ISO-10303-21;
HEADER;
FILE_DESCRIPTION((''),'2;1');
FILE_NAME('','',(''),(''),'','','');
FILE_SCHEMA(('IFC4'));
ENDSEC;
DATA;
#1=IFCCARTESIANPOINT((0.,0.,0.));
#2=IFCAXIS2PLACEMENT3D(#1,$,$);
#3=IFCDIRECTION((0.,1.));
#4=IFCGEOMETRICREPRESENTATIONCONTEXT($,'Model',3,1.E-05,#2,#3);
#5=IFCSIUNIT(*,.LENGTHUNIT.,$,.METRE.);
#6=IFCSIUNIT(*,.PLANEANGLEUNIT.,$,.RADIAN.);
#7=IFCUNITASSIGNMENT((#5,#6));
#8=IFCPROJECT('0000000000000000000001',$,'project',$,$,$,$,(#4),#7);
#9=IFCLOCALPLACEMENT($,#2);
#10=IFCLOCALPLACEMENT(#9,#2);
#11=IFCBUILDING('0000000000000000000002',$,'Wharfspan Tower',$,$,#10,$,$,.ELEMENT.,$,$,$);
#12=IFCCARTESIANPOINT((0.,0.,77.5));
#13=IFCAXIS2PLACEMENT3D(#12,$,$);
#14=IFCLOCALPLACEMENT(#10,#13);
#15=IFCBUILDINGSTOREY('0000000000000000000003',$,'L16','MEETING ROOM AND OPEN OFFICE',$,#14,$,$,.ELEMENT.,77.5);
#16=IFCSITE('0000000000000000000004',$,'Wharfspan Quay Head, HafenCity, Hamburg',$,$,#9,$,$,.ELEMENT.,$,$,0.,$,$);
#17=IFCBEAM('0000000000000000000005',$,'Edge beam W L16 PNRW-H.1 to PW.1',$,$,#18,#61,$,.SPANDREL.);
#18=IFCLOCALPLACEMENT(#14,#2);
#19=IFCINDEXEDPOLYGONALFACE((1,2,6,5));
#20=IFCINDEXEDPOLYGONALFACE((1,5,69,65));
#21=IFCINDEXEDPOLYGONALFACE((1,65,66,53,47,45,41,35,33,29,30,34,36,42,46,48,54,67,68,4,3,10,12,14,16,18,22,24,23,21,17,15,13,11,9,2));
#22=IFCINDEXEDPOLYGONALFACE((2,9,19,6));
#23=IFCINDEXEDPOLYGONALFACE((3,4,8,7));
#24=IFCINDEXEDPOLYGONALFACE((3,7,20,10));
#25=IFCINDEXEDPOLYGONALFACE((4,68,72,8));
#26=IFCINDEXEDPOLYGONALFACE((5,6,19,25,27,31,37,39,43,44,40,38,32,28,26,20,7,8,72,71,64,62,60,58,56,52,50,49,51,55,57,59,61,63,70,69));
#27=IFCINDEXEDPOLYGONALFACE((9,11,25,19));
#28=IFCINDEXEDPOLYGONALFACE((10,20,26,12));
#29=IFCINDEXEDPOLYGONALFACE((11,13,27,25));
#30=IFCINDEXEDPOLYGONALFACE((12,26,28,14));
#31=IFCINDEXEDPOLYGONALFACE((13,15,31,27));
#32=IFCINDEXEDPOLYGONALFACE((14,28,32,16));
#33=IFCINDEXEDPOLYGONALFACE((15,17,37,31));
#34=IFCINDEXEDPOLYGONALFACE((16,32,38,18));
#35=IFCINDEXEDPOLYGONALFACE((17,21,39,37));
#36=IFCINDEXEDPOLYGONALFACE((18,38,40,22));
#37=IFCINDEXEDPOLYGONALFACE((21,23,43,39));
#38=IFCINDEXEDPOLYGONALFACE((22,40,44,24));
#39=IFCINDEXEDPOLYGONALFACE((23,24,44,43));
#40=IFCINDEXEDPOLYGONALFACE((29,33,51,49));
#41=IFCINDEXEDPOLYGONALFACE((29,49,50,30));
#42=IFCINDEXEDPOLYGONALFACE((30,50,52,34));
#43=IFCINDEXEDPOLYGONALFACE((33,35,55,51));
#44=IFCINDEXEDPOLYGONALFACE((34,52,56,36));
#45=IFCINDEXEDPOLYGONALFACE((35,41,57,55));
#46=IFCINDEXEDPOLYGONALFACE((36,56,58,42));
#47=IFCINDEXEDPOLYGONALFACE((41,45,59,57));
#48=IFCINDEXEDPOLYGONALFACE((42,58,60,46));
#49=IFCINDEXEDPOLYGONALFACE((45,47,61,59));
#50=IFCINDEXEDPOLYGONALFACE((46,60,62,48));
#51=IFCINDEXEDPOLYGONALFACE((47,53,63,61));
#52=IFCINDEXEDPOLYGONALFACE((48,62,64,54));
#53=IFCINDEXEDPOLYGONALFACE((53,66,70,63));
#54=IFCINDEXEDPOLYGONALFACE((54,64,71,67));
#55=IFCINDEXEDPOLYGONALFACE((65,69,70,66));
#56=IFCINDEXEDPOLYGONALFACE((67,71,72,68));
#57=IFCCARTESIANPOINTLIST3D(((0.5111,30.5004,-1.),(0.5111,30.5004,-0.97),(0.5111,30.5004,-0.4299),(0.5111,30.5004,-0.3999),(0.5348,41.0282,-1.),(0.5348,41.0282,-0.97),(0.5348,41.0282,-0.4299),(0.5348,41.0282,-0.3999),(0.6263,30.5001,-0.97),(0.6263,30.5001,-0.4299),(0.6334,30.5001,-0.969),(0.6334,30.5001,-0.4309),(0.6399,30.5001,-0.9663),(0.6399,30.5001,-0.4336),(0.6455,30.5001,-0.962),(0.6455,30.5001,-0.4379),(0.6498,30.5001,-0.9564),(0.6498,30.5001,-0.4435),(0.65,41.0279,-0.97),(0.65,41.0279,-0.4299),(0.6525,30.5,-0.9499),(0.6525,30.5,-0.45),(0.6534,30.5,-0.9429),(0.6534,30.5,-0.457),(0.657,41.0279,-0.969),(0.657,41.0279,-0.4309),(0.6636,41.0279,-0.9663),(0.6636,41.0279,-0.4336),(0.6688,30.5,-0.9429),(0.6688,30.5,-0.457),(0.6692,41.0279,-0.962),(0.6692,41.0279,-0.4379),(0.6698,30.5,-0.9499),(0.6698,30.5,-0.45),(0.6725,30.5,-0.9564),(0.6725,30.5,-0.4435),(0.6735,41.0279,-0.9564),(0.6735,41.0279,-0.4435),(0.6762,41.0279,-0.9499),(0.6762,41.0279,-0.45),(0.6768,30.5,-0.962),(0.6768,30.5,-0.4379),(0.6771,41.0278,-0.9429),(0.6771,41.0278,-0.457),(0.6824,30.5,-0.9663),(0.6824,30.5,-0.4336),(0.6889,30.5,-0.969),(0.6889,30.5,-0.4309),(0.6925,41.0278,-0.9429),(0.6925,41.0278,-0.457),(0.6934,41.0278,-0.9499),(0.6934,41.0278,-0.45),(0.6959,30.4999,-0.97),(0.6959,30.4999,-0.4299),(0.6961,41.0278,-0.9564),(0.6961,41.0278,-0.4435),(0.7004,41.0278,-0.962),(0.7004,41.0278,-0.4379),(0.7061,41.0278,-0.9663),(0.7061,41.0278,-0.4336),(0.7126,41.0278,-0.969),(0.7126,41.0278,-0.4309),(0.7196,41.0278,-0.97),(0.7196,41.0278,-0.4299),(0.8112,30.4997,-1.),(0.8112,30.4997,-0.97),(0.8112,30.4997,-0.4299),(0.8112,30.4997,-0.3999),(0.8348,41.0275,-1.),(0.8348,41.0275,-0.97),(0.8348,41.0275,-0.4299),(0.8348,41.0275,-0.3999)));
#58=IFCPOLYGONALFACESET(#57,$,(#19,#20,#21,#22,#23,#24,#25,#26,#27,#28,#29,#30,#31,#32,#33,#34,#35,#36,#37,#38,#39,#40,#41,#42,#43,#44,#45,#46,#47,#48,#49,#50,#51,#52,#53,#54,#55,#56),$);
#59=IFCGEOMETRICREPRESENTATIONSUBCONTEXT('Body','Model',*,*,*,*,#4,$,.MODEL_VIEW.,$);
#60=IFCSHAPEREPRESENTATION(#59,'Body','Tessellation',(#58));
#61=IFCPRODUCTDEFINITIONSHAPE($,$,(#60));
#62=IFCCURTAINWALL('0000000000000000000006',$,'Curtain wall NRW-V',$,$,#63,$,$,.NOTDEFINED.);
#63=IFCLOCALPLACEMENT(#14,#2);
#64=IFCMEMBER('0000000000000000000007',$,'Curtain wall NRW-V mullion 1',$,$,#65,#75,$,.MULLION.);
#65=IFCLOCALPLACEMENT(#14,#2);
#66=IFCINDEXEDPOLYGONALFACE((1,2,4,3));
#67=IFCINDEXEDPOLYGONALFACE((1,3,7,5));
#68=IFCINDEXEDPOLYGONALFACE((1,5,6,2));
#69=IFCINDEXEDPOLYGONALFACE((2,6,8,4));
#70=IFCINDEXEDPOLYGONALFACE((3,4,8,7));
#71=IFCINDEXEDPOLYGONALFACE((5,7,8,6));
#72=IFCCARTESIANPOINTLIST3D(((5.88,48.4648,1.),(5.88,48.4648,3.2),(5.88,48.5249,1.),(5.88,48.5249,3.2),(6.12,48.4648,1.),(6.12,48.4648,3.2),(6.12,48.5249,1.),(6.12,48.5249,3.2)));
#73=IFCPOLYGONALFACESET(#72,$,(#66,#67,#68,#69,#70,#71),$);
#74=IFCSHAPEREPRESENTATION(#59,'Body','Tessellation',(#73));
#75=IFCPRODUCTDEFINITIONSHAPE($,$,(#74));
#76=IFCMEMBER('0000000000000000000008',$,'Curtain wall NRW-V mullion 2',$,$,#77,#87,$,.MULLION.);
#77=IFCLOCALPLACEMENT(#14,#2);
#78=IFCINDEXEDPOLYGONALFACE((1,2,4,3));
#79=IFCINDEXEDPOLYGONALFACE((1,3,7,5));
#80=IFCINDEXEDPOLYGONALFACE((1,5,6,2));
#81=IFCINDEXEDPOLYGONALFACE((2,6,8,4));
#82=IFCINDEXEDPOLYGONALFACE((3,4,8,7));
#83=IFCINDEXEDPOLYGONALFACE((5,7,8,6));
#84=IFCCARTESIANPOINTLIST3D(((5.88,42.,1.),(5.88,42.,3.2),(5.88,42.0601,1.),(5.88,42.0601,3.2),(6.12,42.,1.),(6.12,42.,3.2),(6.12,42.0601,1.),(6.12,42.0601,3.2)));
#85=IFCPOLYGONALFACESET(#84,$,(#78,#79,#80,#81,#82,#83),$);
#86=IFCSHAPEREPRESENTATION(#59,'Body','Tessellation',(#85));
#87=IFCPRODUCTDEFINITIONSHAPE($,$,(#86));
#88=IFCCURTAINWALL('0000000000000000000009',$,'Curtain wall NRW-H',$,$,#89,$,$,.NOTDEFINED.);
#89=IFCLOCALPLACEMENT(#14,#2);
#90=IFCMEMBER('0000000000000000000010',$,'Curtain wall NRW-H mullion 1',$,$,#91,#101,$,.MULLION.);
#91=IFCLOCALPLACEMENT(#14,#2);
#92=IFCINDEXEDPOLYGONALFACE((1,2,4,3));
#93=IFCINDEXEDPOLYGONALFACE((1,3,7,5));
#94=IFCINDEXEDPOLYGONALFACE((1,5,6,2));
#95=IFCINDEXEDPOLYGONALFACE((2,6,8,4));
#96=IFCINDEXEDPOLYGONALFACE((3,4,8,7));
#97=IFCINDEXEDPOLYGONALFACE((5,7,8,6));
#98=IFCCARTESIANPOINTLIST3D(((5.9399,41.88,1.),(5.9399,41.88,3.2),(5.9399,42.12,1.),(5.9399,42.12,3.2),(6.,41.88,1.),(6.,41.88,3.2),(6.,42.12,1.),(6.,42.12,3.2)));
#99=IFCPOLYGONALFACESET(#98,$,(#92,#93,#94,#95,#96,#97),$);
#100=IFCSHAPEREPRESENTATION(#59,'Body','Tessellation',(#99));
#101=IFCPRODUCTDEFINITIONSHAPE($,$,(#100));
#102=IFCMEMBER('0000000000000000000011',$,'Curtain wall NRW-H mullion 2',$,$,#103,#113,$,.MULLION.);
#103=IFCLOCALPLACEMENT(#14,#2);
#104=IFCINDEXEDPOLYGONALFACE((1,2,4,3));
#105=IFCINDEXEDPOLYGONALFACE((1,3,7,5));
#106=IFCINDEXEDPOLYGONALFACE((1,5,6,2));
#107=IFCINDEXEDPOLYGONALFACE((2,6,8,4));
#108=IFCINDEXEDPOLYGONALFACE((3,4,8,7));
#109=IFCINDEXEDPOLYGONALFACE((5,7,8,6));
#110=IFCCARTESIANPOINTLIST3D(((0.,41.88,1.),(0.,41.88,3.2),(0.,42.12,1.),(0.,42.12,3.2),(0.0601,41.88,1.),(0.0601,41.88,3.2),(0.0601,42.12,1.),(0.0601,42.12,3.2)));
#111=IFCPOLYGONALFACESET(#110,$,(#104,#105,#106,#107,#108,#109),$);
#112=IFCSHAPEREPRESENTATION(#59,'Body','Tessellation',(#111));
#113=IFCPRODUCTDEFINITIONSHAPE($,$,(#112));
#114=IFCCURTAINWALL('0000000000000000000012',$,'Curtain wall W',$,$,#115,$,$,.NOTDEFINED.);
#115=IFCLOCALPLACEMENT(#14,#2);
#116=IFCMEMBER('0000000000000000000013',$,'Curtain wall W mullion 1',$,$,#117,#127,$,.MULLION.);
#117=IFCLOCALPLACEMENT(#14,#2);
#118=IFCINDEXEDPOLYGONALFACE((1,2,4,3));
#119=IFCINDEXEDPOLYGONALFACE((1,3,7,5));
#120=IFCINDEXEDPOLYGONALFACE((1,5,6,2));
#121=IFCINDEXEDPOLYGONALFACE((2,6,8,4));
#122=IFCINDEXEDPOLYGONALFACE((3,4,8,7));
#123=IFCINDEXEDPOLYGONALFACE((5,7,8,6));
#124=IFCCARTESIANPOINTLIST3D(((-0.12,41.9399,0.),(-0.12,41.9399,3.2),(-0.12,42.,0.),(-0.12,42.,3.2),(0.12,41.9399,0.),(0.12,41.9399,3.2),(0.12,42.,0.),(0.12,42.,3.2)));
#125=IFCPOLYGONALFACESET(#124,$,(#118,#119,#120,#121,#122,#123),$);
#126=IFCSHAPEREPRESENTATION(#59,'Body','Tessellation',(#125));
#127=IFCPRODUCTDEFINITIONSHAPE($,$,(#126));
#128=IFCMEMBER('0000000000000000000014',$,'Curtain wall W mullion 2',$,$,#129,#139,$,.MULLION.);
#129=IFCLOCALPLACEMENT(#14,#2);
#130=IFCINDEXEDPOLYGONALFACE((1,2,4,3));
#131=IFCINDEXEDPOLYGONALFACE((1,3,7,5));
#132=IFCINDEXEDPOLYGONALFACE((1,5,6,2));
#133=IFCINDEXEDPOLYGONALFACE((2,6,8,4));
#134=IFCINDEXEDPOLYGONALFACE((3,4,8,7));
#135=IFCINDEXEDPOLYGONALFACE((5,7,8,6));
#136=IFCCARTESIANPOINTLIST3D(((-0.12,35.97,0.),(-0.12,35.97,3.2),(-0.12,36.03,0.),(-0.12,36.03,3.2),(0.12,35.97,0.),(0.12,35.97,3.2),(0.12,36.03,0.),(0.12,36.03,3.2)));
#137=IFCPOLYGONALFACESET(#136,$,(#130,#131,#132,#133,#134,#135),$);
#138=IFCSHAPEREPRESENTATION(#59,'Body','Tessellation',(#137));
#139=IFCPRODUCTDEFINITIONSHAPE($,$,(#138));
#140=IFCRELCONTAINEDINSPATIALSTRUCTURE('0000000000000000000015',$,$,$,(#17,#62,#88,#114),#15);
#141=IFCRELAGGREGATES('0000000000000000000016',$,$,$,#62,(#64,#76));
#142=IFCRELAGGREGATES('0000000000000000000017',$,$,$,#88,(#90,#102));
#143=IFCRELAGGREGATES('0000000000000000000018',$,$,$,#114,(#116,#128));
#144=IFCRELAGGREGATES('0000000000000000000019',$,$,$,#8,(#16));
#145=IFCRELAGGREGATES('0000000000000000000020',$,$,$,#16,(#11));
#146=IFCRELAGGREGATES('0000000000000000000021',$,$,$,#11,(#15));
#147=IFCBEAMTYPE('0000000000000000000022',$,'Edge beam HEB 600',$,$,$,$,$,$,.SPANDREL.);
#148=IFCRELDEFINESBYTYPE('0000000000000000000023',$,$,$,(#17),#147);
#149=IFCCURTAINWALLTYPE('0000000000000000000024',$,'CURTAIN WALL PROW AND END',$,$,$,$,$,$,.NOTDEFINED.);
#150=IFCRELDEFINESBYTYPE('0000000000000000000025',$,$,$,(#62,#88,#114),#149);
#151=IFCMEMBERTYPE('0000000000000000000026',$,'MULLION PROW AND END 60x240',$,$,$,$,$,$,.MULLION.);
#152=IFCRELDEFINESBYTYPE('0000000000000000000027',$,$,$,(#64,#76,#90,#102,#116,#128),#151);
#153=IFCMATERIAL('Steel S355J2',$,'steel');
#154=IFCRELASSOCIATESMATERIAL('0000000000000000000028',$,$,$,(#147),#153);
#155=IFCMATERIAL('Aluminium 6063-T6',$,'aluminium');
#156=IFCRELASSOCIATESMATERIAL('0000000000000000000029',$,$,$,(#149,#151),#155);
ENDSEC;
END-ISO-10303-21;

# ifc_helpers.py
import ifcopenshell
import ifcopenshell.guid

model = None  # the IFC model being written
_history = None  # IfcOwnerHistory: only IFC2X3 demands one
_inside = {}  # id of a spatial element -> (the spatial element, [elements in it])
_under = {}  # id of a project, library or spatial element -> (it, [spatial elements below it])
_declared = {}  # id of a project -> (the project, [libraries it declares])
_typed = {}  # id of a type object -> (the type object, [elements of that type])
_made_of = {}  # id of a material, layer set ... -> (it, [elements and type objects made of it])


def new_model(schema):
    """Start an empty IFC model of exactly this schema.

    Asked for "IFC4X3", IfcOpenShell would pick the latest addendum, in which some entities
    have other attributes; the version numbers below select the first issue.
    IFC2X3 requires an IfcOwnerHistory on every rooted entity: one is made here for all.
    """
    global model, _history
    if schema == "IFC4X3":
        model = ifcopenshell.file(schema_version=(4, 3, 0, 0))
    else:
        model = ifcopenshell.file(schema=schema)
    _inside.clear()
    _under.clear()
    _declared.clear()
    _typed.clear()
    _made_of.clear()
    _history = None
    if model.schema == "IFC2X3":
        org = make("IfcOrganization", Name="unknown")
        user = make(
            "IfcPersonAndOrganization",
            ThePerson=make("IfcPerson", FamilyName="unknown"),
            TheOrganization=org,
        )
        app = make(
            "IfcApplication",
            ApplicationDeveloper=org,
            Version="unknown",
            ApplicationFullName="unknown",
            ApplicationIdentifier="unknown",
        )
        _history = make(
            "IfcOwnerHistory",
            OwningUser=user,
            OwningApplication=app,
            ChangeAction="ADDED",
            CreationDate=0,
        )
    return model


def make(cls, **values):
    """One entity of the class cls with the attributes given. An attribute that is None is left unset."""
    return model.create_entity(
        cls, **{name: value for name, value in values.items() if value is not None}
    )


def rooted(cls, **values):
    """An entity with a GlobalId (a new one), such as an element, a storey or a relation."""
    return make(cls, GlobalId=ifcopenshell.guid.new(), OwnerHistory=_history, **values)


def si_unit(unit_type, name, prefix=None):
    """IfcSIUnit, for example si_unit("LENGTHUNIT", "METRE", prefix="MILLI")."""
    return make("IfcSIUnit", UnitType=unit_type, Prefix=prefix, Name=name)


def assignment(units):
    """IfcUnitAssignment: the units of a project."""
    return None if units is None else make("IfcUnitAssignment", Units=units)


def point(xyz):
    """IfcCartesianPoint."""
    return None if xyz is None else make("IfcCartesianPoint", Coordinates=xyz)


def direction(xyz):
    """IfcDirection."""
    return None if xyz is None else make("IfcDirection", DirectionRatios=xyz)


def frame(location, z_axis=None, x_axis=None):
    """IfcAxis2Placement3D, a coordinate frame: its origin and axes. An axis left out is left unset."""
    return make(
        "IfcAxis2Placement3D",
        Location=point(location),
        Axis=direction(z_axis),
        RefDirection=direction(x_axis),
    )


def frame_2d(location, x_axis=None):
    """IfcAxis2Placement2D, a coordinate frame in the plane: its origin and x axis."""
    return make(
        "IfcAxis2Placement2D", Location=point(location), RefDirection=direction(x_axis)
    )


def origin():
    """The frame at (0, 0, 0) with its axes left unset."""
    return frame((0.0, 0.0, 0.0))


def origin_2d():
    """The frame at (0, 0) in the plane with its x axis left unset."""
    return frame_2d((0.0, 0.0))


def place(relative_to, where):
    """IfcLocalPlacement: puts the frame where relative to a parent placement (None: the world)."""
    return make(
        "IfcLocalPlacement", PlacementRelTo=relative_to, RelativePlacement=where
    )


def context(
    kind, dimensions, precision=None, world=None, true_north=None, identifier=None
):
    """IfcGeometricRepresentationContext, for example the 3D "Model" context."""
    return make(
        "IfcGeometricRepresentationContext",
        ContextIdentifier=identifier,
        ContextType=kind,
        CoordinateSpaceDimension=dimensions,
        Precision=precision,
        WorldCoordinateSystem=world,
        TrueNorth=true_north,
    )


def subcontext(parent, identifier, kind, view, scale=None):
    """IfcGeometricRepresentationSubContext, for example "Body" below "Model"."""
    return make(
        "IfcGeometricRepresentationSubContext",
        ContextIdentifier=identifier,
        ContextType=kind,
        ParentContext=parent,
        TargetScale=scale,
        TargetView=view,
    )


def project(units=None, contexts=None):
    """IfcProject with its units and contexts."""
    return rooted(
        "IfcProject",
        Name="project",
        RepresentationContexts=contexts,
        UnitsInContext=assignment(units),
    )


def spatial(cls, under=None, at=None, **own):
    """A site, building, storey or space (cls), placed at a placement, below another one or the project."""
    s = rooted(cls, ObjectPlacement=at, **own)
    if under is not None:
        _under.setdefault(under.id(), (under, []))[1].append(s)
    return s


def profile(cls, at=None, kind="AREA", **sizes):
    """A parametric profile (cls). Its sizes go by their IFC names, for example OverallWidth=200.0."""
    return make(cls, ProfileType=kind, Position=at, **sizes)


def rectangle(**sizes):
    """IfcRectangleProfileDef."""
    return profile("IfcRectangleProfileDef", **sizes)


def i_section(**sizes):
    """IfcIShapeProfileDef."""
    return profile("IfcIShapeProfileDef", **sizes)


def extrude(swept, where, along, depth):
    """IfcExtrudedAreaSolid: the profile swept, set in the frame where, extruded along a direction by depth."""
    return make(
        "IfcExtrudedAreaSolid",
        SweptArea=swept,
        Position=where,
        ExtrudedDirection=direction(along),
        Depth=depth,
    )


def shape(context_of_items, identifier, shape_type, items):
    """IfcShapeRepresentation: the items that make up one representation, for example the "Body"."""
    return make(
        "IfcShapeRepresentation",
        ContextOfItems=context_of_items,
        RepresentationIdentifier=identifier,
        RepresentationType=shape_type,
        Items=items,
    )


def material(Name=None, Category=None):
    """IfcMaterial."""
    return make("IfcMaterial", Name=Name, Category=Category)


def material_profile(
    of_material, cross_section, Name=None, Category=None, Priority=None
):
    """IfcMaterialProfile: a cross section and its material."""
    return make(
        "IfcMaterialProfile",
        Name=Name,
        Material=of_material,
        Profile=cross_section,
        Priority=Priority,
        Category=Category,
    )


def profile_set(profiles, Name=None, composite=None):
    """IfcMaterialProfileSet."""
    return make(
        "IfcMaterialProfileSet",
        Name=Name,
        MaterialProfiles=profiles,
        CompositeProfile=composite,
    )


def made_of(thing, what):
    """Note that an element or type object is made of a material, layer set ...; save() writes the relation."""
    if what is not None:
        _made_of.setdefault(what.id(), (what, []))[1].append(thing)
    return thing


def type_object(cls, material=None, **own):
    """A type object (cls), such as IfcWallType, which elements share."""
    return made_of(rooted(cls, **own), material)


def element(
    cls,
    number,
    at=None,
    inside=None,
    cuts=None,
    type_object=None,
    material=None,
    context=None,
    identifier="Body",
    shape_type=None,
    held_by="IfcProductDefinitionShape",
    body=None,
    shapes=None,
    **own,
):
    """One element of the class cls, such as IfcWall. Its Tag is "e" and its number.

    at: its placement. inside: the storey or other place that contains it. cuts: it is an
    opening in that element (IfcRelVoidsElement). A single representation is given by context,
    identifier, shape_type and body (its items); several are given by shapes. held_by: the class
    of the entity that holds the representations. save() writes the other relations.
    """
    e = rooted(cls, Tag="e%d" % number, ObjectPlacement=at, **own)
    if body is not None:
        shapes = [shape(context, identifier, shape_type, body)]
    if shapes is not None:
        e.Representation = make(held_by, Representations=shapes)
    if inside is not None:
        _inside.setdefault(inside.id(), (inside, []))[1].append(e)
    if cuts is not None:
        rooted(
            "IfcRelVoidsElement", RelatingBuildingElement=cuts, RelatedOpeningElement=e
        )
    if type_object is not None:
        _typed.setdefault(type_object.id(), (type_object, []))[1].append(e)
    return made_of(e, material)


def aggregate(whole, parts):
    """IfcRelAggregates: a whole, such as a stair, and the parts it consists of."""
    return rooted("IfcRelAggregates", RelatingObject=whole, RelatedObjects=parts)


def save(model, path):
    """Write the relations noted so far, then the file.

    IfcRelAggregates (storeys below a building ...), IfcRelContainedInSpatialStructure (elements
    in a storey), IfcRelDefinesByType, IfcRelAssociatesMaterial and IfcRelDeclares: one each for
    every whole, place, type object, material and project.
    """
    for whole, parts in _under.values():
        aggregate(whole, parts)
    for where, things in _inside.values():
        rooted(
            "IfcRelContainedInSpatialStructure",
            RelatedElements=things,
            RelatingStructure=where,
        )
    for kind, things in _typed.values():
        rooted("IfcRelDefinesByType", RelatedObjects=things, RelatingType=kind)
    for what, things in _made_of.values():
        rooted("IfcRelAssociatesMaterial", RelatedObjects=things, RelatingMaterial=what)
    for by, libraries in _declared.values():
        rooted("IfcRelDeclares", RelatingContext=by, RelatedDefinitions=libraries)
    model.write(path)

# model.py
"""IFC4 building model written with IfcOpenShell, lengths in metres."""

from ifc_helpers import new_model, si_unit, direction, frame, origin, origin_2d, place, context, subcontext, project, spatial, rectangle, i_section, extrude, material, material_profile, profile_set, type_object, element, aggregate, save


model = new_model("IFC4")

# Units and contexts
model_context = context("Model", 3, precision=1e-05, world=origin(), true_north=direction((0.0, 1.0)))
body_context = subcontext(model_context, "Body", "Model", "MODEL_VIEW")
ifc_project = project(units=[si_unit("LENGTHUNIT", "METRE"), si_unit("PLANEANGLEUNIT", "RADIAN")], contexts=[model_context])

# Site, building, storey
site_placement = place(None, origin())
site = spatial("IfcSite", under=ifc_project, at=site_placement, Name="Wharfspan Quay Head, HafenCity, Hamburg", CompositionType="ELEMENT", RefElevation=0.0)
building_placement = place(site_placement, origin())
building = spatial("IfcBuilding", under=site, at=building_placement, Name="Wharfspan Tower", CompositionType="ELEMENT")
storey_placement = place(building_placement, frame((0.0, 0.0, 77.5)))
storey = spatial("IfcBuildingStorey", under=building, at=storey_placement, Name="L16", Description="MEETING ROOM AND OPEN OFFICE", CompositionType="ELEMENT", Elevation=77.5)

# Shared definitions
ifc_material_1 = material(Name="Steel S355J2", Category="steel")

# Beam
ifc_material_profile_1 = material_profile(ifc_material_1, i_section(OverallWidth=0.3, OverallDepth=0.6001, WebThickness=0.0154, FlangeThickness=0.03, FilletRadius=0.0271, at=origin_2d()))
ifc_profile_set_1 = profile_set([ifc_material_profile_1], Name="Steel S355J2")
beam_type = type_object("IfcBeamType", Name="Edge beam HEB 600", PredefinedType="SPANDREL", material=ifc_profile_set_1)
beam_placement = place(storey_placement, frame((0.6848, 41.0278, -0.7), z_axis=(-0.002249, -0.999997, 0.0), x_axis=(0.999997, -0.002249, 0.0)))
element("IfcBeam", 1, at=beam_placement, inside=storey, type_object=beam_type, Name="Edge beam W L16 PNRW-H.1 to PW.1", PredefinedType="SPANDREL", context=body_context, shape_type="SweptSolid", body=[
    extrude(i_section(OverallWidth=0.3, OverallDepth=0.6001, WebThickness=0.0154, FlangeThickness=0.03, FilletRadius=0.0271, at=origin_2d()), origin(), (0.0, 0.0, 1.0), 10.5278),
])

# Curtain walls, members
ifc_material_2 = material(Name="Aluminium 6063-T6", Category="aluminium")
curtain_wall_type = type_object("IfcCurtainWallType", Name="CURTAIN WALL PROW AND END", PredefinedType="NOTDEFINED", material=ifc_material_2)
curtain_wall_1_placement = place(storey_placement, origin())
curtain_wall_1 = element("IfcCurtainWall", 2, at=curtain_wall_1_placement, inside=storey, type_object=curtain_wall_type, Name="Curtain wall NRW-V", PredefinedType="NOTDEFINED")
ifc_material_profile_2 = material_profile(ifc_material_2, rectangle(XDim=0.24, YDim=0.0601, at=origin_2d()))
ifc_profile_set_2 = profile_set([ifc_material_profile_2], Name="Aluminium 6063-T6")
member_type_1 = type_object("IfcMemberType", Name="MULLION PROW AND END 60x240", PredefinedType="MULLION", material=ifc_profile_set_2)
member_1_placement = place(storey_placement, frame((6.0, 48.4949, 1.0), z_axis=(0.0, 0.0, 1.0), x_axis=(1.0, 0.0, 0.0)))
member_1 = element("IfcMember", 3, at=member_1_placement, type_object=member_type_1, Name="Curtain wall NRW-V mullion 1", PredefinedType="MULLION", context=body_context, shape_type="SweptSolid", body=[
    extrude(rectangle(XDim=0.24, YDim=0.0601, at=origin_2d()), origin(), (0.0, 0.0, 1.0), 2.2),
])
member_2_placement = place(storey_placement, frame((6.0, 42.03, 1.0), z_axis=(0.0, 0.0, 1.0), x_axis=(1.0, 0.0, 0.0)))
member_2 = element("IfcMember", 4, at=member_2_placement, type_object=member_type_1, Name="Curtain wall NRW-V mullion 2", PredefinedType="MULLION", context=body_context, shape_type="SweptSolid", body=[
    extrude(rectangle(XDim=0.24, YDim=0.0601, at=origin_2d()), origin(), (0.0, 0.0, 1.0), 2.2),
])
curtain_wall_2_placement = place(storey_placement, origin())
curtain_wall_2 = element("IfcCurtainWall", 5, at=curtain_wall_2_placement, inside=storey, type_object=curtain_wall_type, Name="Curtain wall NRW-H", PredefinedType="NOTDEFINED")
member_3_placement = place(storey_placement, frame((5.97, 42.0, 1.0), z_axis=(0.0, 0.0, 1.0), x_axis=(0.0, -1.0, 0.0)))
member_3 = element("IfcMember", 6, at=member_3_placement, type_object=member_type_1, Name="Curtain wall NRW-H mullion 1", PredefinedType="MULLION", context=body_context, shape_type="SweptSolid", body=[
    extrude(rectangle(XDim=0.24, YDim=0.0601, at=origin_2d()), origin(), (0.0, 0.0, 1.0), 2.2),
])
member_4_placement = place(storey_placement, frame((0.03, 42.0, 1.0), z_axis=(0.0, 0.0, 1.0), x_axis=(0.0, -1.0, 0.0)))
member_4 = element("IfcMember", 7, at=member_4_placement, type_object=member_type_1, Name="Curtain wall NRW-H mullion 2", PredefinedType="MULLION", context=body_context, shape_type="SweptSolid", body=[
    extrude(rectangle(XDim=0.24, YDim=0.0601, at=origin_2d()), origin(), (0.0, 0.0, 1.0), 2.2),
])
curtain_wall_3_placement = place(storey_placement, origin())
curtain_wall_3 = element("IfcCurtainWall", 8, at=curtain_wall_3_placement, inside=storey, type_object=curtain_wall_type, Name="Curtain wall W", PredefinedType="NOTDEFINED")
member_5_placement = place(storey_placement, frame((0.0, 41.97, 0.0), z_axis=(0.0, 0.0, 1.0), x_axis=(1.0, 0.0, 0.0)))
member_5 = element("IfcMember", 9, at=member_5_placement, type_object=member_type_1, Name="Curtain wall W mullion 1", PredefinedType="MULLION", context=body_context, shape_type="SweptSolid", body=[
    extrude(rectangle(XDim=0.24, YDim=0.0601, at=origin_2d()), origin(), (0.0, 0.0, 1.0), 3.2),
])
member_6_placement = place(storey_placement, frame((0.0, 36.0, 0.0), z_axis=(0.0, 0.0, 1.0), x_axis=(1.0, 0.0, 0.0)))
member_6 = element("IfcMember", 10, at=member_6_placement, type_object=member_type_1, Name="Curtain wall W mullion 2", PredefinedType="MULLION", context=body_context, shape_type="SweptSolid", body=[
    extrude(rectangle(XDim=0.24, YDim=0.0601, at=origin_2d()), origin(), (0.0, 0.0, 1.0), 3.2),
])

aggregate(curtain_wall_1, [member_1, member_2])
aggregate(curtain_wall_2, [member_3, member_4])
aggregate(curtain_wall_3, [member_5, member_6])

save(model, "model.ifc")
